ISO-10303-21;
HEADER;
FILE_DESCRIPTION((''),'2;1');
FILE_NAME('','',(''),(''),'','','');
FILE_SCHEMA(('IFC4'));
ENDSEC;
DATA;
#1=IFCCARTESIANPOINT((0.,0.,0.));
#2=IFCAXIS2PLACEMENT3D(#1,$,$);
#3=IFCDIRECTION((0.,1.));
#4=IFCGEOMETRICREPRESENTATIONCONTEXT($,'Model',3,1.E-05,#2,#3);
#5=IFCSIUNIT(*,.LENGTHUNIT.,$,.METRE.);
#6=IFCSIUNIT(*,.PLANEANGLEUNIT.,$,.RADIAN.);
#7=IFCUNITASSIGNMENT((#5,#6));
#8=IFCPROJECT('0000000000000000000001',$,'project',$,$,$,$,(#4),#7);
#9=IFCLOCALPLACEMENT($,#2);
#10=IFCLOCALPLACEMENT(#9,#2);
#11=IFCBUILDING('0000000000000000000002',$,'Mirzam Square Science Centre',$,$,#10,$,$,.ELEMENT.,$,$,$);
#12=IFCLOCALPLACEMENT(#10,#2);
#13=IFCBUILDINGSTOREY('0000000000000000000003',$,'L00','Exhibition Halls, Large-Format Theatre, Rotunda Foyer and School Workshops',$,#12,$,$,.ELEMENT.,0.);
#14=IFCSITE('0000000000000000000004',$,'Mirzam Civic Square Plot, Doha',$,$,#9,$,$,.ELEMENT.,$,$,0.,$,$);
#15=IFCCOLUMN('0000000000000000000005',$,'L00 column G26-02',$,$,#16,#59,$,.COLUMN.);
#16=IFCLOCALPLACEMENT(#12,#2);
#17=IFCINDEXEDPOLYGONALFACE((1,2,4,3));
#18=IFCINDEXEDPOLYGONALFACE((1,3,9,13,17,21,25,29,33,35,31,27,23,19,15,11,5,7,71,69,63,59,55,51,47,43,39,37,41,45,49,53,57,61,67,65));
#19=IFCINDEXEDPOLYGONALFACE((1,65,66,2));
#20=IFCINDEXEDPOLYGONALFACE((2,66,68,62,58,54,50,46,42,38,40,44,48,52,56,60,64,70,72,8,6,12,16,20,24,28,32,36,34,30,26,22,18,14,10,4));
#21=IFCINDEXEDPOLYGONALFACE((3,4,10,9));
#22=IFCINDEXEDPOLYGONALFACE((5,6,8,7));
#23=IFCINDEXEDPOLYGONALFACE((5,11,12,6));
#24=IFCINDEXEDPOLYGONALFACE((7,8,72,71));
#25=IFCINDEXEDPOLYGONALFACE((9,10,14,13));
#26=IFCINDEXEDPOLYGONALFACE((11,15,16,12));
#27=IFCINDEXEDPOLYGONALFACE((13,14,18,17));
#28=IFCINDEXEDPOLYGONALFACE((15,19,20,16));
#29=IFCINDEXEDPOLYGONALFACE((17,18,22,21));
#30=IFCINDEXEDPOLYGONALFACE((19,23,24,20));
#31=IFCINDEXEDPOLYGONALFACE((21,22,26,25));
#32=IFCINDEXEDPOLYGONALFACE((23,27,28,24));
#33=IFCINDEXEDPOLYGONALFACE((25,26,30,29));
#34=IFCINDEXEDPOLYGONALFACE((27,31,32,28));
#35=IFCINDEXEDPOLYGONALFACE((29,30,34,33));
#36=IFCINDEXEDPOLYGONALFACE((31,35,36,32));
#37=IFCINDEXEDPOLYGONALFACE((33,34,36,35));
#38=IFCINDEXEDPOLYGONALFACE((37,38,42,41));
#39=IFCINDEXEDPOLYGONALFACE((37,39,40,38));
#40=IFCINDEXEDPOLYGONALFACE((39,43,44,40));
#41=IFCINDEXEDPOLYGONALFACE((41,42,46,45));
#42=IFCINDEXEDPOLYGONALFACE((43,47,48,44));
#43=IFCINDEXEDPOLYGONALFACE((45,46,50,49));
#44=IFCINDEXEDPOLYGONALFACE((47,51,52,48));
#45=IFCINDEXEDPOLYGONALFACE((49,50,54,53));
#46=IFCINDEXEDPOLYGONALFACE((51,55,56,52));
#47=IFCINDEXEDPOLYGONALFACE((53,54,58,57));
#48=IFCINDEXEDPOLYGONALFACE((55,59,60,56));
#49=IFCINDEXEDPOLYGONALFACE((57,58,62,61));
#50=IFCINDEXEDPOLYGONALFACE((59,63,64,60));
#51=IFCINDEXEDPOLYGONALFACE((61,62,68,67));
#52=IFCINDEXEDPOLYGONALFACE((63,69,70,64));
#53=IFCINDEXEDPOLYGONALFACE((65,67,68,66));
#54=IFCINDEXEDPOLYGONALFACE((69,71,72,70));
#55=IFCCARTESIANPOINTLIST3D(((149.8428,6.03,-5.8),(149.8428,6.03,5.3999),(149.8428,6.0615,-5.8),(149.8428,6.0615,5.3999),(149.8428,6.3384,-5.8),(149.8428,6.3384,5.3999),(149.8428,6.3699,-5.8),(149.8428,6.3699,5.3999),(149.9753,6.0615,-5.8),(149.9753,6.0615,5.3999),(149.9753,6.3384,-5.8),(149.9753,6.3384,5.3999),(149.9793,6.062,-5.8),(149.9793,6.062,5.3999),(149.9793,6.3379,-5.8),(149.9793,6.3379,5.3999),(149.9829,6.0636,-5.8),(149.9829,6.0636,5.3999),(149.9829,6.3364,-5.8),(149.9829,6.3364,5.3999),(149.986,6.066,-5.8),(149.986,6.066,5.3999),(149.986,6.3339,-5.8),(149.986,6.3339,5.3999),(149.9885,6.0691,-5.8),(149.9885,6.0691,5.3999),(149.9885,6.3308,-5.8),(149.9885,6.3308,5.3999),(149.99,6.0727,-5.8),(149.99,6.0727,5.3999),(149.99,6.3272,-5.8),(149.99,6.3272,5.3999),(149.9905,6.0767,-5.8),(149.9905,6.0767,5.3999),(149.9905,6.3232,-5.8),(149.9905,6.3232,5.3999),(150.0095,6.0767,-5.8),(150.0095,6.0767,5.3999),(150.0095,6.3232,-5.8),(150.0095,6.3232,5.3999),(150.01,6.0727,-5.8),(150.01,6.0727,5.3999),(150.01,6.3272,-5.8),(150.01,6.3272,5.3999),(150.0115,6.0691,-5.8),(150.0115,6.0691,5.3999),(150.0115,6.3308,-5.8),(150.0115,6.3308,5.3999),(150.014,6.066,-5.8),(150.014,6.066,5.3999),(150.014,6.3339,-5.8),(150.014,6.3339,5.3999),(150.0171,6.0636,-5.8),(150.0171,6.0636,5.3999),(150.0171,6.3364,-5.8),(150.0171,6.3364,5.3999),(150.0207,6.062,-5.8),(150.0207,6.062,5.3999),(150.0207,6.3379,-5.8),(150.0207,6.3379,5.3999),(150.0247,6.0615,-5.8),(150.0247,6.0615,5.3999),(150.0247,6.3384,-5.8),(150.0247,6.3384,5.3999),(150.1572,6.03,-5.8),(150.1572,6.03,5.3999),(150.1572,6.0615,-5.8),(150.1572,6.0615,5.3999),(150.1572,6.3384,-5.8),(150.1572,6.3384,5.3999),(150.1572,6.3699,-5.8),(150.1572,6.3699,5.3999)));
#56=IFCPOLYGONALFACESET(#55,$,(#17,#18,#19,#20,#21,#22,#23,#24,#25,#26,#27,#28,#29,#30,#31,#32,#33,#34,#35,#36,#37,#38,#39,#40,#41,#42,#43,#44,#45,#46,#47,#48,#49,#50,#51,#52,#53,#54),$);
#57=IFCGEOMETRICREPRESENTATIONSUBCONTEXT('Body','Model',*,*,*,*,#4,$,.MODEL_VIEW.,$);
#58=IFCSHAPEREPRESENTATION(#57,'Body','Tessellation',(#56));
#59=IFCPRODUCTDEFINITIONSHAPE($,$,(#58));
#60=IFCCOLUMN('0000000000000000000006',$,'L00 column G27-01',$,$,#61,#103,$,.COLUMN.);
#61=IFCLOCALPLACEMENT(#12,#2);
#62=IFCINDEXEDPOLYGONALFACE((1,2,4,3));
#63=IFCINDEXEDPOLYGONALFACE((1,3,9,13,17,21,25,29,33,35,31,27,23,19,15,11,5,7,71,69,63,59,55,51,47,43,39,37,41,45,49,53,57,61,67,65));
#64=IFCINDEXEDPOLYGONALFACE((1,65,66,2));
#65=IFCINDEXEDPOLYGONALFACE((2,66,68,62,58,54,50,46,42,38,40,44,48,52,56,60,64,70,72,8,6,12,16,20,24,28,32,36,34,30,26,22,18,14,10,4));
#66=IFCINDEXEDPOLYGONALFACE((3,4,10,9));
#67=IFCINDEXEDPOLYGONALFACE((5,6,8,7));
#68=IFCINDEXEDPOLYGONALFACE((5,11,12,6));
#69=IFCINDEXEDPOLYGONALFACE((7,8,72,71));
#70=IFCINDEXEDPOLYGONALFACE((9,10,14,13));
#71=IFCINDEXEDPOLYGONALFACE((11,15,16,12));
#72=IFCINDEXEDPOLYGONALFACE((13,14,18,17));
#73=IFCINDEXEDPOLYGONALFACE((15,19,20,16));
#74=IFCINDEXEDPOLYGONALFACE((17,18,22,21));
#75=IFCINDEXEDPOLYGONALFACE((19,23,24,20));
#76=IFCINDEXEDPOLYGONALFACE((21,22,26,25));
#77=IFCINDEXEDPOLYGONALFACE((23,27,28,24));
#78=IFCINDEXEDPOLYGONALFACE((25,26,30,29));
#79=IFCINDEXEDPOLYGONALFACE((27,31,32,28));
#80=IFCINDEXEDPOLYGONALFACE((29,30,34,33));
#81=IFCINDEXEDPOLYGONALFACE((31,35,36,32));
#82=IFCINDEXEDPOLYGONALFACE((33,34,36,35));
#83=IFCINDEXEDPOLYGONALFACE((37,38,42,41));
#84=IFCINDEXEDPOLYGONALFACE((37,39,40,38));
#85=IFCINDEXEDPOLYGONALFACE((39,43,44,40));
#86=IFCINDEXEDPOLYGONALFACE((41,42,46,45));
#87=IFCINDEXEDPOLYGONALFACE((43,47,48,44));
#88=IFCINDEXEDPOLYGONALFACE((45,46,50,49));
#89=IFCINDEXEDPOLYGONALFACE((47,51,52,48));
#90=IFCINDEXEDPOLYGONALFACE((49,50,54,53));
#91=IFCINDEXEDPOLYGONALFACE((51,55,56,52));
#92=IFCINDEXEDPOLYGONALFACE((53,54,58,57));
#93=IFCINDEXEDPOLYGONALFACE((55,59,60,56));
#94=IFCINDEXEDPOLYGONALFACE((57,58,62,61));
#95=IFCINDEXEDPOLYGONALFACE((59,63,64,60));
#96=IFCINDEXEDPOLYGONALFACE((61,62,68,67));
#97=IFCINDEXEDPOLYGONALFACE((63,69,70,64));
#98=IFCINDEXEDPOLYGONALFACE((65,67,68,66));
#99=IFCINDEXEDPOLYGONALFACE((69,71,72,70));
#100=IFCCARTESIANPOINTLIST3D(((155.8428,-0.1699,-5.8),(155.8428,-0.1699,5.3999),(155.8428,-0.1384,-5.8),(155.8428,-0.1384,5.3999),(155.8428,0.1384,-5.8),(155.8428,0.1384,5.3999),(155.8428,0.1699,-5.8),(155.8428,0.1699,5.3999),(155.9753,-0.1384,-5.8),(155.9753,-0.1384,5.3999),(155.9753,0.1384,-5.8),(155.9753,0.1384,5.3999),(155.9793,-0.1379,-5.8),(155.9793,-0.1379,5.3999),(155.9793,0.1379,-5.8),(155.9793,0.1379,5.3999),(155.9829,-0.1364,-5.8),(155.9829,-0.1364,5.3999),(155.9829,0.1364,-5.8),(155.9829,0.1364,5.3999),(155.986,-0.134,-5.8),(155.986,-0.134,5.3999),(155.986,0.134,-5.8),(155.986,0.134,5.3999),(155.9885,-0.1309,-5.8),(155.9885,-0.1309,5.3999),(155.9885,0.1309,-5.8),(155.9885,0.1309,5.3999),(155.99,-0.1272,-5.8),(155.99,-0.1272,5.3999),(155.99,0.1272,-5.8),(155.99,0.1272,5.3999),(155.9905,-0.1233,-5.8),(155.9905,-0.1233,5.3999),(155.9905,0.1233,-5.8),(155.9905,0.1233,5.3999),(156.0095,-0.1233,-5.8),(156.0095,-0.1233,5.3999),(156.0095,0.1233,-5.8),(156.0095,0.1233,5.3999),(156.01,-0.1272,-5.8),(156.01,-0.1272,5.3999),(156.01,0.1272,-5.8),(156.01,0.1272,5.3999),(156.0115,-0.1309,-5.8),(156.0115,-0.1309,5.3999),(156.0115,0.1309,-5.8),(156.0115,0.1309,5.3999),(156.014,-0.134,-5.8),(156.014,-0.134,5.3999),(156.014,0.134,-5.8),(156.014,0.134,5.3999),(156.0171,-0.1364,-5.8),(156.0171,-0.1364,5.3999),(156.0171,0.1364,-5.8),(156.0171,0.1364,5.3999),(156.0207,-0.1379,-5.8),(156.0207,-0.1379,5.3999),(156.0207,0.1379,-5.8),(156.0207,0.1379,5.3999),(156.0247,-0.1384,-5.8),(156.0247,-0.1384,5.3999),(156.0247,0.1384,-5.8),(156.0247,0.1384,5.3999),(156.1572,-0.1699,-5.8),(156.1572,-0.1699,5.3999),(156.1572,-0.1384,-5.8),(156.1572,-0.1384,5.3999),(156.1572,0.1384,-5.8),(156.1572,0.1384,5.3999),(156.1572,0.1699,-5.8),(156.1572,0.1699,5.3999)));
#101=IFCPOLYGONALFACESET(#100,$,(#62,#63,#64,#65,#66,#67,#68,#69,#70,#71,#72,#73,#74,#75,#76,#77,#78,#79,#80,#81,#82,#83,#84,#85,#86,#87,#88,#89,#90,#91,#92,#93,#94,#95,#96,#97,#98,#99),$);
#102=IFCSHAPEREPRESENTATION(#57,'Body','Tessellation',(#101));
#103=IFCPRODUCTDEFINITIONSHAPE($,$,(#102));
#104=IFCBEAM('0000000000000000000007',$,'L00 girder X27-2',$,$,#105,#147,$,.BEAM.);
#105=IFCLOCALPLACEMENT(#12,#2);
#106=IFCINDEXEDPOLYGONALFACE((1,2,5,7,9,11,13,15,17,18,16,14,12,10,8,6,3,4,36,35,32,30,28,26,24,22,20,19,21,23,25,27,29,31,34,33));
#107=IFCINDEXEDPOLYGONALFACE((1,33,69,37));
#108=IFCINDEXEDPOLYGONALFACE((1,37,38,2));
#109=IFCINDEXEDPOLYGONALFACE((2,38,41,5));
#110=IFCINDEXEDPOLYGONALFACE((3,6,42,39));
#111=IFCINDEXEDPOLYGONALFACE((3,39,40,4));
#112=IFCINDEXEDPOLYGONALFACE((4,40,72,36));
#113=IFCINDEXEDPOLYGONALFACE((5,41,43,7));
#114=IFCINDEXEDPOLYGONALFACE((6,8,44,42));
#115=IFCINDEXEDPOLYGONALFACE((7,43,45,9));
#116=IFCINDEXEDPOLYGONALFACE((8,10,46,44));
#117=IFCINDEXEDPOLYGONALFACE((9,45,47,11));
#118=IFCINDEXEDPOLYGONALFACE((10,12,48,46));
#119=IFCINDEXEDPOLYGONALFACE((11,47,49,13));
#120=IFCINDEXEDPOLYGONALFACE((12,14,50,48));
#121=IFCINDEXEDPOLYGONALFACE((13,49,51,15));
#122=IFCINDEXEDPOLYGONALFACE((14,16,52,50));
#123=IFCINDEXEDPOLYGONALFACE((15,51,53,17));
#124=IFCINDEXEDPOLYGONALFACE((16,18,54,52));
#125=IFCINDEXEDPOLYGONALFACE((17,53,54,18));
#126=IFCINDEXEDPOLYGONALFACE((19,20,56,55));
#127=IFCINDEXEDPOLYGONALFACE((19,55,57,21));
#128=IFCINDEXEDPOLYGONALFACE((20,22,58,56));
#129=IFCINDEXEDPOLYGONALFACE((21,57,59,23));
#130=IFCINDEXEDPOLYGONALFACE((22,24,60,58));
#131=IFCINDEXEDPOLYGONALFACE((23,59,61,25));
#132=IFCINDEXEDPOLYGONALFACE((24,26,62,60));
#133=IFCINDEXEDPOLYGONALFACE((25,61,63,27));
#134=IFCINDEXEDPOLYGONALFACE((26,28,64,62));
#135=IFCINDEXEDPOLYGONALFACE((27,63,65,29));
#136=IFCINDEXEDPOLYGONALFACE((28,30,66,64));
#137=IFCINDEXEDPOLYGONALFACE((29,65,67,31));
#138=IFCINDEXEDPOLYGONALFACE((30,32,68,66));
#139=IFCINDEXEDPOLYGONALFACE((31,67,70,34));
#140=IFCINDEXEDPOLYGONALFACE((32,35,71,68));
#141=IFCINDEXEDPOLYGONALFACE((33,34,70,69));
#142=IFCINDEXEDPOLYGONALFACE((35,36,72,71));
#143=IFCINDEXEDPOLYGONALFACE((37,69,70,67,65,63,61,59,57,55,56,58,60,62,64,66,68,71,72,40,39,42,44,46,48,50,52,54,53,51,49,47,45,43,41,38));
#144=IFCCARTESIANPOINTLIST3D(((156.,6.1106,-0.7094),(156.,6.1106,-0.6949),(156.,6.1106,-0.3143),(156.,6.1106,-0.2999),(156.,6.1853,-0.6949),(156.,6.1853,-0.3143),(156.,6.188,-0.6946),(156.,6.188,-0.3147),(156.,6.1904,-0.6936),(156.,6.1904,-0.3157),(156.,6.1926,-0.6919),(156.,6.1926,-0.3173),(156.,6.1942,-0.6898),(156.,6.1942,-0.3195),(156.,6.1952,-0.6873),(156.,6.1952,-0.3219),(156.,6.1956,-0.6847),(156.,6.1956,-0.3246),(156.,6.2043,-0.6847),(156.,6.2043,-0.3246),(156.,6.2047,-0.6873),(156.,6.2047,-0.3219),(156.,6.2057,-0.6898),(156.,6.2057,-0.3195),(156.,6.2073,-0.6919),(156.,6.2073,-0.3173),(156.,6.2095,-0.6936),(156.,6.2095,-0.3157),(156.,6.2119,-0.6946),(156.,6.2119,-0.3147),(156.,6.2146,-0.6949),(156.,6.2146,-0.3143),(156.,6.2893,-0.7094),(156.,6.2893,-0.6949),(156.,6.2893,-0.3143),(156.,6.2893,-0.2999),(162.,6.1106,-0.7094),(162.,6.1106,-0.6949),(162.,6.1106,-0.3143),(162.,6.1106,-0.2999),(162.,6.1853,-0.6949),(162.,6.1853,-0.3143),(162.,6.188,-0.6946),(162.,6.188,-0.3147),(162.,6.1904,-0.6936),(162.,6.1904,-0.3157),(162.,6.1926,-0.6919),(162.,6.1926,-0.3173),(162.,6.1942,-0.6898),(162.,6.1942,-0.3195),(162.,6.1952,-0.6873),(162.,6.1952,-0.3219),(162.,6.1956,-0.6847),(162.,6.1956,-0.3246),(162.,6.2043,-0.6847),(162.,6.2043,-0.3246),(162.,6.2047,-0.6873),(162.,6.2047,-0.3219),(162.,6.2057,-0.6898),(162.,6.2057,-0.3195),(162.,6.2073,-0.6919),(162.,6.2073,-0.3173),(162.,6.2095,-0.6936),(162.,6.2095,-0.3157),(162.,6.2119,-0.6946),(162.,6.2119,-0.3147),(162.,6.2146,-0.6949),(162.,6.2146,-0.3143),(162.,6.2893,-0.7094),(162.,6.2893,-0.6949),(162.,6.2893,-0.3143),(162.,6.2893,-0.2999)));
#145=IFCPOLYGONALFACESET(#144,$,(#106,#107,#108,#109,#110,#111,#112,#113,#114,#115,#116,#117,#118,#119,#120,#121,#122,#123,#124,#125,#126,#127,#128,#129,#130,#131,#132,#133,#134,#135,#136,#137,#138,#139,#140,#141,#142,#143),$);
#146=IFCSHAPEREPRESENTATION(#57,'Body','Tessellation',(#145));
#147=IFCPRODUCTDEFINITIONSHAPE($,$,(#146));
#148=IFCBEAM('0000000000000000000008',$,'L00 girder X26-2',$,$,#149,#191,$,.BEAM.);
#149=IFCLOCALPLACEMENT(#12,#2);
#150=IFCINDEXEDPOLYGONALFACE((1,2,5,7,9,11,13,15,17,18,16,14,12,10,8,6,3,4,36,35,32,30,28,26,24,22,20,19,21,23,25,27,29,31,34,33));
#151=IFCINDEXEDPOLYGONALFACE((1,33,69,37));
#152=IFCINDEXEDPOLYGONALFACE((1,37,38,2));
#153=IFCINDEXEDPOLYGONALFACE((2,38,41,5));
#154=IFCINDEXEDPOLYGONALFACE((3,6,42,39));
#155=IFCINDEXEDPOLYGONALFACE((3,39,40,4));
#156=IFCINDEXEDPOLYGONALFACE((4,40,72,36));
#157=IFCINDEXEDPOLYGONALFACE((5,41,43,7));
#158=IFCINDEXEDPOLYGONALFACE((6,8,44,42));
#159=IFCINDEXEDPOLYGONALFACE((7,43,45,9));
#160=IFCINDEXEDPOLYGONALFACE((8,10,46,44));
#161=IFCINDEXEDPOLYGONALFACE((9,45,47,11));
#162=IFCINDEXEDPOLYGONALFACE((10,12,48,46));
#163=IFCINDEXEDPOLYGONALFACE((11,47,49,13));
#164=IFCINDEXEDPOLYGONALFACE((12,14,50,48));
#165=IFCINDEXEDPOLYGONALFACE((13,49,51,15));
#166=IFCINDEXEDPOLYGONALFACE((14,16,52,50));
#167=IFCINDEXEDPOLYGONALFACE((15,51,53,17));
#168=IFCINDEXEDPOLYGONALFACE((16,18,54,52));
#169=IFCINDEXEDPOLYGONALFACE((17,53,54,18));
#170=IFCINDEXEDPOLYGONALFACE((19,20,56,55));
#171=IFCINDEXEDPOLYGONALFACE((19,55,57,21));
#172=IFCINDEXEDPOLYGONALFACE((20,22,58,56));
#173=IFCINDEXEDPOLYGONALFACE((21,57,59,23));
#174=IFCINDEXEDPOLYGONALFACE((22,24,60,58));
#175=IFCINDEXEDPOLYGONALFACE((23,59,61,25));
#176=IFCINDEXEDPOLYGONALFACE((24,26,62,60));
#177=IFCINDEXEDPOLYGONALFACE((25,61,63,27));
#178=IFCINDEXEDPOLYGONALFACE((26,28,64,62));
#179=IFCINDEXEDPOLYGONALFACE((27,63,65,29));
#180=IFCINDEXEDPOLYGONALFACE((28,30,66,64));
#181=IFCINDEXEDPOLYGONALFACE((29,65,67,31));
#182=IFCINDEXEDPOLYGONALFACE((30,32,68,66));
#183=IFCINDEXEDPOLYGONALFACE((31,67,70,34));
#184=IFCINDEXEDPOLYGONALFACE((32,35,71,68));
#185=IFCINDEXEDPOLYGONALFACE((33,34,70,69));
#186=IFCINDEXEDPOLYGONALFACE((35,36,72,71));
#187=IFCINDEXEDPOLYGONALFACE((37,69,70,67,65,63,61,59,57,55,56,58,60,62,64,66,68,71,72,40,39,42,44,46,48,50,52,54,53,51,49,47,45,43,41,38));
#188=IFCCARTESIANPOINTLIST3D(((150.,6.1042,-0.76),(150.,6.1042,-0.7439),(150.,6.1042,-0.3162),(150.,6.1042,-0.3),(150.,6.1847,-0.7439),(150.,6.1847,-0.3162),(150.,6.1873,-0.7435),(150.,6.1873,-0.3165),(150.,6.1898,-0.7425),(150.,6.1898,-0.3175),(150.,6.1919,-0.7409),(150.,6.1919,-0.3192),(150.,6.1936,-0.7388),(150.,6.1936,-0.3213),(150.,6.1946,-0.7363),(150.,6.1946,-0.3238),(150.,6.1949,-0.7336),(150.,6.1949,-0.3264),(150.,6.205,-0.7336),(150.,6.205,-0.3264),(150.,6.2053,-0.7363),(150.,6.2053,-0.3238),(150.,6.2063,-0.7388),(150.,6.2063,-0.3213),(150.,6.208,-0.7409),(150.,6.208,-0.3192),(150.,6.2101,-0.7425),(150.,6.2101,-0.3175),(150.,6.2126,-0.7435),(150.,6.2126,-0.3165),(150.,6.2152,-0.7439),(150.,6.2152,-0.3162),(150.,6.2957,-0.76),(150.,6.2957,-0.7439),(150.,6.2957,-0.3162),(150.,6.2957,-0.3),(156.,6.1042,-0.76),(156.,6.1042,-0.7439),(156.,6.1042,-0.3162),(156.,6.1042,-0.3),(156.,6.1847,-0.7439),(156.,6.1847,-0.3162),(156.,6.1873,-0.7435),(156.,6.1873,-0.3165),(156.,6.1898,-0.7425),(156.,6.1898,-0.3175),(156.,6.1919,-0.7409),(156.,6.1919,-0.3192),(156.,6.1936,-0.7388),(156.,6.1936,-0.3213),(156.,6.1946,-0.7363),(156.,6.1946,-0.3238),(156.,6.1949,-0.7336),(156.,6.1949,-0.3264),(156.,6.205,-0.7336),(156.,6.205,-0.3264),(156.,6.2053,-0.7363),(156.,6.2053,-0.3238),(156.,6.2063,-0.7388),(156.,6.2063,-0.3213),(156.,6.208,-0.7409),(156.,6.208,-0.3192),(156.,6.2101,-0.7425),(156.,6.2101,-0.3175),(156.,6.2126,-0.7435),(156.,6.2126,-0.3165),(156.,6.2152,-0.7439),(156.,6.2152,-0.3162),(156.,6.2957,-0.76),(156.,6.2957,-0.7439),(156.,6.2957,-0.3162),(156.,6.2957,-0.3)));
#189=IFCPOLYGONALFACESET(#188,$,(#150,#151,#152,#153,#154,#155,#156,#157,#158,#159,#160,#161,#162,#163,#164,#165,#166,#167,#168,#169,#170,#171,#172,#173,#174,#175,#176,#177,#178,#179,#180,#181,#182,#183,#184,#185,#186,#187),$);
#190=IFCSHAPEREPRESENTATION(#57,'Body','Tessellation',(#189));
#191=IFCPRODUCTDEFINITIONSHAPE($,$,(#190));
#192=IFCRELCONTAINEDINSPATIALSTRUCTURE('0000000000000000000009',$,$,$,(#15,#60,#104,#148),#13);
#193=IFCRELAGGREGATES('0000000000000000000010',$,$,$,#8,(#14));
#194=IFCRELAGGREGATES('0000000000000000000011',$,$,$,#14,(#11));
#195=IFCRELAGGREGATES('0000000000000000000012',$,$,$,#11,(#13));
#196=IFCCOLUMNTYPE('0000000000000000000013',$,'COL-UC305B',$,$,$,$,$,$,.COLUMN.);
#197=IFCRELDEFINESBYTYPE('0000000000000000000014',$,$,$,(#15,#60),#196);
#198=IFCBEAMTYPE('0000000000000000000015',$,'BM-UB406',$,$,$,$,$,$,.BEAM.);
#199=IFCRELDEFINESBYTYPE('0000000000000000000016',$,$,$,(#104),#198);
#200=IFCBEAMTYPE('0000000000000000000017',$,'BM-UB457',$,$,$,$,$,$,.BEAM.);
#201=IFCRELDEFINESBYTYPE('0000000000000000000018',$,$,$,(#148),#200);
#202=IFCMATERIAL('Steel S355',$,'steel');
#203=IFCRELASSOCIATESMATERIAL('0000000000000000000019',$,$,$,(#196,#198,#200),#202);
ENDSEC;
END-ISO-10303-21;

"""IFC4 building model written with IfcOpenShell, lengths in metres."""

from ifc_helpers import new_model, si_unit, direction, frame, origin, origin_2d, place, context, subcontext, project, spatial, i_section, extrude, material, material_profile, profile_set, type_object, element, save


model = new_model("IFC4")

# Units and contexts
model_context = context("Model", 3, precision=1e-05, world=origin(), true_north=direction((0.0, 1.0)))
body_context = subcontext(model_context, "Body", "Model", "MODEL_VIEW")
ifc_project = project(units=[si_unit("LENGTHUNIT", "METRE"), si_unit("PLANEANGLEUNIT", "RADIAN")], contexts=[model_context])

# Site, building, storey
site_placement = place(None, origin())
site = spatial("IfcSite", under=ifc_project, at=site_placement, Name="Mirzam Civic Square Plot, Doha", CompositionType="ELEMENT", RefElevation=0.0)
building_placement = place(site_placement, origin())
building = spatial("IfcBuilding", under=site, at=building_placement, Name="Mirzam Square Science Centre", CompositionType="ELEMENT")
storey_placement = place(building_placement, origin())
storey = spatial("IfcBuildingStorey", under=building, at=storey_placement, Name="L00", Description="Exhibition Halls, Large-Format Theatre, Rotunda Foyer and School Workshops", CompositionType="ELEMENT", Elevation=0.0)

# Columns
ifc_material_1 = material(Name="Steel S355", Category="steel")
ifc_material_profile_1 = material_profile(ifc_material_1, i_section(OverallWidth=0.3145, OverallDepth=0.3398, WebThickness=0.019, FlangeThickness=0.0315, FilletRadius=0.0151, at=origin_2d()), Name="305x305x198UC")
ifc_profile_set_1 = profile_set([ifc_material_profile_1], Name="Steel S355")
column_type_1 = type_object("IfcColumnType", Name="COL-UC305B", PredefinedType="COLUMN", material=ifc_profile_set_1)
for number, where, z_axis, x_axis, name in (
    (1, (150.0, 6.2, -5.8), (0.0, 0.0, 1.0), (1.0, 0.0, 0.0), "L00 column G26-02"),
    (2, (156.0, 0.0, -5.8), (0.0, 0.0, 1.0), (1.0, 0.0, 0.0), "L00 column G27-01"),
):
    element("IfcColumn", number, at=place(storey_placement, frame(where, z_axis=z_axis, x_axis=x_axis)), inside=storey, type_object=column_type_1, Name=name, PredefinedType="COLUMN", context=body_context, shape_type="SweptSolid", body=[
        extrude(i_section(OverallWidth=0.3145, OverallDepth=0.3398, WebThickness=0.019, FlangeThickness=0.0315, FilletRadius=0.0151, at=origin_2d()), origin(), (0.0, 0.0, 1.0), 11.2),
    ])

# Beams
ifc_material_profile_2 = material_profile(ifc_material_1, i_section(OverallWidth=0.1787, OverallDepth=0.4094, WebThickness=0.0088, FlangeThickness=0.0144, FilletRadius=0.0103, at=origin_2d()), Name="406x178x67UB")
ifc_profile_set_2 = profile_set([ifc_material_profile_2], Name="Steel S355")
beam_type_1 = type_object("IfcBeamType", Name="BM-UB406", PredefinedType="BEAM", material=ifc_profile_set_2)
beam_1_placement = place(storey_placement, frame((156.0, 6.2, -0.5046), z_axis=(1.0, 0.0, 0.0), x_axis=(0.0, 1.0, 0.0)))
element("IfcBeam", 3, at=beam_1_placement, inside=storey, type_object=beam_type_1, Name="L00 girder X27-2", PredefinedType="BEAM", context=body_context, shape_type="SweptSolid", body=[
    extrude(i_section(OverallWidth=0.1787, OverallDepth=0.4094, WebThickness=0.0088, FlangeThickness=0.0144, FilletRadius=0.0103, at=origin_2d()), origin(), (0.0, 0.0, 1.0), 6.0),
])
ifc_material_profile_3 = material_profile(ifc_material_1, i_section(OverallWidth=0.1914, OverallDepth=0.46, WebThickness=0.01, FlangeThickness=0.0161, FilletRadius=0.0103, at=origin_2d()), Name="457x191x82UB")
ifc_profile_set_3 = profile_set([ifc_material_profile_3], Name="Steel S355")
beam_type_2 = type_object("IfcBeamType", Name="BM-UB457", PredefinedType="BEAM", material=ifc_profile_set_3)
beam_2_placement = place(storey_placement, frame((150.0, 6.2, -0.53), z_axis=(1.0, 0.0, 0.0), x_axis=(0.0, 1.0, 0.0)))
element("IfcBeam", 4, at=beam_2_placement, inside=storey, type_object=beam_type_2, Name="L00 girder X26-2", PredefinedType="BEAM", context=body_context, shape_type="SweptSolid", body=[
    extrude(i_section(OverallWidth=0.1914, OverallDepth=0.46, WebThickness=0.01, FlangeThickness=0.0161, FilletRadius=0.0103, at=origin_2d()), origin(), (0.0, 0.0, 1.0), 6.0),
])

save(model, "model.ifc")
